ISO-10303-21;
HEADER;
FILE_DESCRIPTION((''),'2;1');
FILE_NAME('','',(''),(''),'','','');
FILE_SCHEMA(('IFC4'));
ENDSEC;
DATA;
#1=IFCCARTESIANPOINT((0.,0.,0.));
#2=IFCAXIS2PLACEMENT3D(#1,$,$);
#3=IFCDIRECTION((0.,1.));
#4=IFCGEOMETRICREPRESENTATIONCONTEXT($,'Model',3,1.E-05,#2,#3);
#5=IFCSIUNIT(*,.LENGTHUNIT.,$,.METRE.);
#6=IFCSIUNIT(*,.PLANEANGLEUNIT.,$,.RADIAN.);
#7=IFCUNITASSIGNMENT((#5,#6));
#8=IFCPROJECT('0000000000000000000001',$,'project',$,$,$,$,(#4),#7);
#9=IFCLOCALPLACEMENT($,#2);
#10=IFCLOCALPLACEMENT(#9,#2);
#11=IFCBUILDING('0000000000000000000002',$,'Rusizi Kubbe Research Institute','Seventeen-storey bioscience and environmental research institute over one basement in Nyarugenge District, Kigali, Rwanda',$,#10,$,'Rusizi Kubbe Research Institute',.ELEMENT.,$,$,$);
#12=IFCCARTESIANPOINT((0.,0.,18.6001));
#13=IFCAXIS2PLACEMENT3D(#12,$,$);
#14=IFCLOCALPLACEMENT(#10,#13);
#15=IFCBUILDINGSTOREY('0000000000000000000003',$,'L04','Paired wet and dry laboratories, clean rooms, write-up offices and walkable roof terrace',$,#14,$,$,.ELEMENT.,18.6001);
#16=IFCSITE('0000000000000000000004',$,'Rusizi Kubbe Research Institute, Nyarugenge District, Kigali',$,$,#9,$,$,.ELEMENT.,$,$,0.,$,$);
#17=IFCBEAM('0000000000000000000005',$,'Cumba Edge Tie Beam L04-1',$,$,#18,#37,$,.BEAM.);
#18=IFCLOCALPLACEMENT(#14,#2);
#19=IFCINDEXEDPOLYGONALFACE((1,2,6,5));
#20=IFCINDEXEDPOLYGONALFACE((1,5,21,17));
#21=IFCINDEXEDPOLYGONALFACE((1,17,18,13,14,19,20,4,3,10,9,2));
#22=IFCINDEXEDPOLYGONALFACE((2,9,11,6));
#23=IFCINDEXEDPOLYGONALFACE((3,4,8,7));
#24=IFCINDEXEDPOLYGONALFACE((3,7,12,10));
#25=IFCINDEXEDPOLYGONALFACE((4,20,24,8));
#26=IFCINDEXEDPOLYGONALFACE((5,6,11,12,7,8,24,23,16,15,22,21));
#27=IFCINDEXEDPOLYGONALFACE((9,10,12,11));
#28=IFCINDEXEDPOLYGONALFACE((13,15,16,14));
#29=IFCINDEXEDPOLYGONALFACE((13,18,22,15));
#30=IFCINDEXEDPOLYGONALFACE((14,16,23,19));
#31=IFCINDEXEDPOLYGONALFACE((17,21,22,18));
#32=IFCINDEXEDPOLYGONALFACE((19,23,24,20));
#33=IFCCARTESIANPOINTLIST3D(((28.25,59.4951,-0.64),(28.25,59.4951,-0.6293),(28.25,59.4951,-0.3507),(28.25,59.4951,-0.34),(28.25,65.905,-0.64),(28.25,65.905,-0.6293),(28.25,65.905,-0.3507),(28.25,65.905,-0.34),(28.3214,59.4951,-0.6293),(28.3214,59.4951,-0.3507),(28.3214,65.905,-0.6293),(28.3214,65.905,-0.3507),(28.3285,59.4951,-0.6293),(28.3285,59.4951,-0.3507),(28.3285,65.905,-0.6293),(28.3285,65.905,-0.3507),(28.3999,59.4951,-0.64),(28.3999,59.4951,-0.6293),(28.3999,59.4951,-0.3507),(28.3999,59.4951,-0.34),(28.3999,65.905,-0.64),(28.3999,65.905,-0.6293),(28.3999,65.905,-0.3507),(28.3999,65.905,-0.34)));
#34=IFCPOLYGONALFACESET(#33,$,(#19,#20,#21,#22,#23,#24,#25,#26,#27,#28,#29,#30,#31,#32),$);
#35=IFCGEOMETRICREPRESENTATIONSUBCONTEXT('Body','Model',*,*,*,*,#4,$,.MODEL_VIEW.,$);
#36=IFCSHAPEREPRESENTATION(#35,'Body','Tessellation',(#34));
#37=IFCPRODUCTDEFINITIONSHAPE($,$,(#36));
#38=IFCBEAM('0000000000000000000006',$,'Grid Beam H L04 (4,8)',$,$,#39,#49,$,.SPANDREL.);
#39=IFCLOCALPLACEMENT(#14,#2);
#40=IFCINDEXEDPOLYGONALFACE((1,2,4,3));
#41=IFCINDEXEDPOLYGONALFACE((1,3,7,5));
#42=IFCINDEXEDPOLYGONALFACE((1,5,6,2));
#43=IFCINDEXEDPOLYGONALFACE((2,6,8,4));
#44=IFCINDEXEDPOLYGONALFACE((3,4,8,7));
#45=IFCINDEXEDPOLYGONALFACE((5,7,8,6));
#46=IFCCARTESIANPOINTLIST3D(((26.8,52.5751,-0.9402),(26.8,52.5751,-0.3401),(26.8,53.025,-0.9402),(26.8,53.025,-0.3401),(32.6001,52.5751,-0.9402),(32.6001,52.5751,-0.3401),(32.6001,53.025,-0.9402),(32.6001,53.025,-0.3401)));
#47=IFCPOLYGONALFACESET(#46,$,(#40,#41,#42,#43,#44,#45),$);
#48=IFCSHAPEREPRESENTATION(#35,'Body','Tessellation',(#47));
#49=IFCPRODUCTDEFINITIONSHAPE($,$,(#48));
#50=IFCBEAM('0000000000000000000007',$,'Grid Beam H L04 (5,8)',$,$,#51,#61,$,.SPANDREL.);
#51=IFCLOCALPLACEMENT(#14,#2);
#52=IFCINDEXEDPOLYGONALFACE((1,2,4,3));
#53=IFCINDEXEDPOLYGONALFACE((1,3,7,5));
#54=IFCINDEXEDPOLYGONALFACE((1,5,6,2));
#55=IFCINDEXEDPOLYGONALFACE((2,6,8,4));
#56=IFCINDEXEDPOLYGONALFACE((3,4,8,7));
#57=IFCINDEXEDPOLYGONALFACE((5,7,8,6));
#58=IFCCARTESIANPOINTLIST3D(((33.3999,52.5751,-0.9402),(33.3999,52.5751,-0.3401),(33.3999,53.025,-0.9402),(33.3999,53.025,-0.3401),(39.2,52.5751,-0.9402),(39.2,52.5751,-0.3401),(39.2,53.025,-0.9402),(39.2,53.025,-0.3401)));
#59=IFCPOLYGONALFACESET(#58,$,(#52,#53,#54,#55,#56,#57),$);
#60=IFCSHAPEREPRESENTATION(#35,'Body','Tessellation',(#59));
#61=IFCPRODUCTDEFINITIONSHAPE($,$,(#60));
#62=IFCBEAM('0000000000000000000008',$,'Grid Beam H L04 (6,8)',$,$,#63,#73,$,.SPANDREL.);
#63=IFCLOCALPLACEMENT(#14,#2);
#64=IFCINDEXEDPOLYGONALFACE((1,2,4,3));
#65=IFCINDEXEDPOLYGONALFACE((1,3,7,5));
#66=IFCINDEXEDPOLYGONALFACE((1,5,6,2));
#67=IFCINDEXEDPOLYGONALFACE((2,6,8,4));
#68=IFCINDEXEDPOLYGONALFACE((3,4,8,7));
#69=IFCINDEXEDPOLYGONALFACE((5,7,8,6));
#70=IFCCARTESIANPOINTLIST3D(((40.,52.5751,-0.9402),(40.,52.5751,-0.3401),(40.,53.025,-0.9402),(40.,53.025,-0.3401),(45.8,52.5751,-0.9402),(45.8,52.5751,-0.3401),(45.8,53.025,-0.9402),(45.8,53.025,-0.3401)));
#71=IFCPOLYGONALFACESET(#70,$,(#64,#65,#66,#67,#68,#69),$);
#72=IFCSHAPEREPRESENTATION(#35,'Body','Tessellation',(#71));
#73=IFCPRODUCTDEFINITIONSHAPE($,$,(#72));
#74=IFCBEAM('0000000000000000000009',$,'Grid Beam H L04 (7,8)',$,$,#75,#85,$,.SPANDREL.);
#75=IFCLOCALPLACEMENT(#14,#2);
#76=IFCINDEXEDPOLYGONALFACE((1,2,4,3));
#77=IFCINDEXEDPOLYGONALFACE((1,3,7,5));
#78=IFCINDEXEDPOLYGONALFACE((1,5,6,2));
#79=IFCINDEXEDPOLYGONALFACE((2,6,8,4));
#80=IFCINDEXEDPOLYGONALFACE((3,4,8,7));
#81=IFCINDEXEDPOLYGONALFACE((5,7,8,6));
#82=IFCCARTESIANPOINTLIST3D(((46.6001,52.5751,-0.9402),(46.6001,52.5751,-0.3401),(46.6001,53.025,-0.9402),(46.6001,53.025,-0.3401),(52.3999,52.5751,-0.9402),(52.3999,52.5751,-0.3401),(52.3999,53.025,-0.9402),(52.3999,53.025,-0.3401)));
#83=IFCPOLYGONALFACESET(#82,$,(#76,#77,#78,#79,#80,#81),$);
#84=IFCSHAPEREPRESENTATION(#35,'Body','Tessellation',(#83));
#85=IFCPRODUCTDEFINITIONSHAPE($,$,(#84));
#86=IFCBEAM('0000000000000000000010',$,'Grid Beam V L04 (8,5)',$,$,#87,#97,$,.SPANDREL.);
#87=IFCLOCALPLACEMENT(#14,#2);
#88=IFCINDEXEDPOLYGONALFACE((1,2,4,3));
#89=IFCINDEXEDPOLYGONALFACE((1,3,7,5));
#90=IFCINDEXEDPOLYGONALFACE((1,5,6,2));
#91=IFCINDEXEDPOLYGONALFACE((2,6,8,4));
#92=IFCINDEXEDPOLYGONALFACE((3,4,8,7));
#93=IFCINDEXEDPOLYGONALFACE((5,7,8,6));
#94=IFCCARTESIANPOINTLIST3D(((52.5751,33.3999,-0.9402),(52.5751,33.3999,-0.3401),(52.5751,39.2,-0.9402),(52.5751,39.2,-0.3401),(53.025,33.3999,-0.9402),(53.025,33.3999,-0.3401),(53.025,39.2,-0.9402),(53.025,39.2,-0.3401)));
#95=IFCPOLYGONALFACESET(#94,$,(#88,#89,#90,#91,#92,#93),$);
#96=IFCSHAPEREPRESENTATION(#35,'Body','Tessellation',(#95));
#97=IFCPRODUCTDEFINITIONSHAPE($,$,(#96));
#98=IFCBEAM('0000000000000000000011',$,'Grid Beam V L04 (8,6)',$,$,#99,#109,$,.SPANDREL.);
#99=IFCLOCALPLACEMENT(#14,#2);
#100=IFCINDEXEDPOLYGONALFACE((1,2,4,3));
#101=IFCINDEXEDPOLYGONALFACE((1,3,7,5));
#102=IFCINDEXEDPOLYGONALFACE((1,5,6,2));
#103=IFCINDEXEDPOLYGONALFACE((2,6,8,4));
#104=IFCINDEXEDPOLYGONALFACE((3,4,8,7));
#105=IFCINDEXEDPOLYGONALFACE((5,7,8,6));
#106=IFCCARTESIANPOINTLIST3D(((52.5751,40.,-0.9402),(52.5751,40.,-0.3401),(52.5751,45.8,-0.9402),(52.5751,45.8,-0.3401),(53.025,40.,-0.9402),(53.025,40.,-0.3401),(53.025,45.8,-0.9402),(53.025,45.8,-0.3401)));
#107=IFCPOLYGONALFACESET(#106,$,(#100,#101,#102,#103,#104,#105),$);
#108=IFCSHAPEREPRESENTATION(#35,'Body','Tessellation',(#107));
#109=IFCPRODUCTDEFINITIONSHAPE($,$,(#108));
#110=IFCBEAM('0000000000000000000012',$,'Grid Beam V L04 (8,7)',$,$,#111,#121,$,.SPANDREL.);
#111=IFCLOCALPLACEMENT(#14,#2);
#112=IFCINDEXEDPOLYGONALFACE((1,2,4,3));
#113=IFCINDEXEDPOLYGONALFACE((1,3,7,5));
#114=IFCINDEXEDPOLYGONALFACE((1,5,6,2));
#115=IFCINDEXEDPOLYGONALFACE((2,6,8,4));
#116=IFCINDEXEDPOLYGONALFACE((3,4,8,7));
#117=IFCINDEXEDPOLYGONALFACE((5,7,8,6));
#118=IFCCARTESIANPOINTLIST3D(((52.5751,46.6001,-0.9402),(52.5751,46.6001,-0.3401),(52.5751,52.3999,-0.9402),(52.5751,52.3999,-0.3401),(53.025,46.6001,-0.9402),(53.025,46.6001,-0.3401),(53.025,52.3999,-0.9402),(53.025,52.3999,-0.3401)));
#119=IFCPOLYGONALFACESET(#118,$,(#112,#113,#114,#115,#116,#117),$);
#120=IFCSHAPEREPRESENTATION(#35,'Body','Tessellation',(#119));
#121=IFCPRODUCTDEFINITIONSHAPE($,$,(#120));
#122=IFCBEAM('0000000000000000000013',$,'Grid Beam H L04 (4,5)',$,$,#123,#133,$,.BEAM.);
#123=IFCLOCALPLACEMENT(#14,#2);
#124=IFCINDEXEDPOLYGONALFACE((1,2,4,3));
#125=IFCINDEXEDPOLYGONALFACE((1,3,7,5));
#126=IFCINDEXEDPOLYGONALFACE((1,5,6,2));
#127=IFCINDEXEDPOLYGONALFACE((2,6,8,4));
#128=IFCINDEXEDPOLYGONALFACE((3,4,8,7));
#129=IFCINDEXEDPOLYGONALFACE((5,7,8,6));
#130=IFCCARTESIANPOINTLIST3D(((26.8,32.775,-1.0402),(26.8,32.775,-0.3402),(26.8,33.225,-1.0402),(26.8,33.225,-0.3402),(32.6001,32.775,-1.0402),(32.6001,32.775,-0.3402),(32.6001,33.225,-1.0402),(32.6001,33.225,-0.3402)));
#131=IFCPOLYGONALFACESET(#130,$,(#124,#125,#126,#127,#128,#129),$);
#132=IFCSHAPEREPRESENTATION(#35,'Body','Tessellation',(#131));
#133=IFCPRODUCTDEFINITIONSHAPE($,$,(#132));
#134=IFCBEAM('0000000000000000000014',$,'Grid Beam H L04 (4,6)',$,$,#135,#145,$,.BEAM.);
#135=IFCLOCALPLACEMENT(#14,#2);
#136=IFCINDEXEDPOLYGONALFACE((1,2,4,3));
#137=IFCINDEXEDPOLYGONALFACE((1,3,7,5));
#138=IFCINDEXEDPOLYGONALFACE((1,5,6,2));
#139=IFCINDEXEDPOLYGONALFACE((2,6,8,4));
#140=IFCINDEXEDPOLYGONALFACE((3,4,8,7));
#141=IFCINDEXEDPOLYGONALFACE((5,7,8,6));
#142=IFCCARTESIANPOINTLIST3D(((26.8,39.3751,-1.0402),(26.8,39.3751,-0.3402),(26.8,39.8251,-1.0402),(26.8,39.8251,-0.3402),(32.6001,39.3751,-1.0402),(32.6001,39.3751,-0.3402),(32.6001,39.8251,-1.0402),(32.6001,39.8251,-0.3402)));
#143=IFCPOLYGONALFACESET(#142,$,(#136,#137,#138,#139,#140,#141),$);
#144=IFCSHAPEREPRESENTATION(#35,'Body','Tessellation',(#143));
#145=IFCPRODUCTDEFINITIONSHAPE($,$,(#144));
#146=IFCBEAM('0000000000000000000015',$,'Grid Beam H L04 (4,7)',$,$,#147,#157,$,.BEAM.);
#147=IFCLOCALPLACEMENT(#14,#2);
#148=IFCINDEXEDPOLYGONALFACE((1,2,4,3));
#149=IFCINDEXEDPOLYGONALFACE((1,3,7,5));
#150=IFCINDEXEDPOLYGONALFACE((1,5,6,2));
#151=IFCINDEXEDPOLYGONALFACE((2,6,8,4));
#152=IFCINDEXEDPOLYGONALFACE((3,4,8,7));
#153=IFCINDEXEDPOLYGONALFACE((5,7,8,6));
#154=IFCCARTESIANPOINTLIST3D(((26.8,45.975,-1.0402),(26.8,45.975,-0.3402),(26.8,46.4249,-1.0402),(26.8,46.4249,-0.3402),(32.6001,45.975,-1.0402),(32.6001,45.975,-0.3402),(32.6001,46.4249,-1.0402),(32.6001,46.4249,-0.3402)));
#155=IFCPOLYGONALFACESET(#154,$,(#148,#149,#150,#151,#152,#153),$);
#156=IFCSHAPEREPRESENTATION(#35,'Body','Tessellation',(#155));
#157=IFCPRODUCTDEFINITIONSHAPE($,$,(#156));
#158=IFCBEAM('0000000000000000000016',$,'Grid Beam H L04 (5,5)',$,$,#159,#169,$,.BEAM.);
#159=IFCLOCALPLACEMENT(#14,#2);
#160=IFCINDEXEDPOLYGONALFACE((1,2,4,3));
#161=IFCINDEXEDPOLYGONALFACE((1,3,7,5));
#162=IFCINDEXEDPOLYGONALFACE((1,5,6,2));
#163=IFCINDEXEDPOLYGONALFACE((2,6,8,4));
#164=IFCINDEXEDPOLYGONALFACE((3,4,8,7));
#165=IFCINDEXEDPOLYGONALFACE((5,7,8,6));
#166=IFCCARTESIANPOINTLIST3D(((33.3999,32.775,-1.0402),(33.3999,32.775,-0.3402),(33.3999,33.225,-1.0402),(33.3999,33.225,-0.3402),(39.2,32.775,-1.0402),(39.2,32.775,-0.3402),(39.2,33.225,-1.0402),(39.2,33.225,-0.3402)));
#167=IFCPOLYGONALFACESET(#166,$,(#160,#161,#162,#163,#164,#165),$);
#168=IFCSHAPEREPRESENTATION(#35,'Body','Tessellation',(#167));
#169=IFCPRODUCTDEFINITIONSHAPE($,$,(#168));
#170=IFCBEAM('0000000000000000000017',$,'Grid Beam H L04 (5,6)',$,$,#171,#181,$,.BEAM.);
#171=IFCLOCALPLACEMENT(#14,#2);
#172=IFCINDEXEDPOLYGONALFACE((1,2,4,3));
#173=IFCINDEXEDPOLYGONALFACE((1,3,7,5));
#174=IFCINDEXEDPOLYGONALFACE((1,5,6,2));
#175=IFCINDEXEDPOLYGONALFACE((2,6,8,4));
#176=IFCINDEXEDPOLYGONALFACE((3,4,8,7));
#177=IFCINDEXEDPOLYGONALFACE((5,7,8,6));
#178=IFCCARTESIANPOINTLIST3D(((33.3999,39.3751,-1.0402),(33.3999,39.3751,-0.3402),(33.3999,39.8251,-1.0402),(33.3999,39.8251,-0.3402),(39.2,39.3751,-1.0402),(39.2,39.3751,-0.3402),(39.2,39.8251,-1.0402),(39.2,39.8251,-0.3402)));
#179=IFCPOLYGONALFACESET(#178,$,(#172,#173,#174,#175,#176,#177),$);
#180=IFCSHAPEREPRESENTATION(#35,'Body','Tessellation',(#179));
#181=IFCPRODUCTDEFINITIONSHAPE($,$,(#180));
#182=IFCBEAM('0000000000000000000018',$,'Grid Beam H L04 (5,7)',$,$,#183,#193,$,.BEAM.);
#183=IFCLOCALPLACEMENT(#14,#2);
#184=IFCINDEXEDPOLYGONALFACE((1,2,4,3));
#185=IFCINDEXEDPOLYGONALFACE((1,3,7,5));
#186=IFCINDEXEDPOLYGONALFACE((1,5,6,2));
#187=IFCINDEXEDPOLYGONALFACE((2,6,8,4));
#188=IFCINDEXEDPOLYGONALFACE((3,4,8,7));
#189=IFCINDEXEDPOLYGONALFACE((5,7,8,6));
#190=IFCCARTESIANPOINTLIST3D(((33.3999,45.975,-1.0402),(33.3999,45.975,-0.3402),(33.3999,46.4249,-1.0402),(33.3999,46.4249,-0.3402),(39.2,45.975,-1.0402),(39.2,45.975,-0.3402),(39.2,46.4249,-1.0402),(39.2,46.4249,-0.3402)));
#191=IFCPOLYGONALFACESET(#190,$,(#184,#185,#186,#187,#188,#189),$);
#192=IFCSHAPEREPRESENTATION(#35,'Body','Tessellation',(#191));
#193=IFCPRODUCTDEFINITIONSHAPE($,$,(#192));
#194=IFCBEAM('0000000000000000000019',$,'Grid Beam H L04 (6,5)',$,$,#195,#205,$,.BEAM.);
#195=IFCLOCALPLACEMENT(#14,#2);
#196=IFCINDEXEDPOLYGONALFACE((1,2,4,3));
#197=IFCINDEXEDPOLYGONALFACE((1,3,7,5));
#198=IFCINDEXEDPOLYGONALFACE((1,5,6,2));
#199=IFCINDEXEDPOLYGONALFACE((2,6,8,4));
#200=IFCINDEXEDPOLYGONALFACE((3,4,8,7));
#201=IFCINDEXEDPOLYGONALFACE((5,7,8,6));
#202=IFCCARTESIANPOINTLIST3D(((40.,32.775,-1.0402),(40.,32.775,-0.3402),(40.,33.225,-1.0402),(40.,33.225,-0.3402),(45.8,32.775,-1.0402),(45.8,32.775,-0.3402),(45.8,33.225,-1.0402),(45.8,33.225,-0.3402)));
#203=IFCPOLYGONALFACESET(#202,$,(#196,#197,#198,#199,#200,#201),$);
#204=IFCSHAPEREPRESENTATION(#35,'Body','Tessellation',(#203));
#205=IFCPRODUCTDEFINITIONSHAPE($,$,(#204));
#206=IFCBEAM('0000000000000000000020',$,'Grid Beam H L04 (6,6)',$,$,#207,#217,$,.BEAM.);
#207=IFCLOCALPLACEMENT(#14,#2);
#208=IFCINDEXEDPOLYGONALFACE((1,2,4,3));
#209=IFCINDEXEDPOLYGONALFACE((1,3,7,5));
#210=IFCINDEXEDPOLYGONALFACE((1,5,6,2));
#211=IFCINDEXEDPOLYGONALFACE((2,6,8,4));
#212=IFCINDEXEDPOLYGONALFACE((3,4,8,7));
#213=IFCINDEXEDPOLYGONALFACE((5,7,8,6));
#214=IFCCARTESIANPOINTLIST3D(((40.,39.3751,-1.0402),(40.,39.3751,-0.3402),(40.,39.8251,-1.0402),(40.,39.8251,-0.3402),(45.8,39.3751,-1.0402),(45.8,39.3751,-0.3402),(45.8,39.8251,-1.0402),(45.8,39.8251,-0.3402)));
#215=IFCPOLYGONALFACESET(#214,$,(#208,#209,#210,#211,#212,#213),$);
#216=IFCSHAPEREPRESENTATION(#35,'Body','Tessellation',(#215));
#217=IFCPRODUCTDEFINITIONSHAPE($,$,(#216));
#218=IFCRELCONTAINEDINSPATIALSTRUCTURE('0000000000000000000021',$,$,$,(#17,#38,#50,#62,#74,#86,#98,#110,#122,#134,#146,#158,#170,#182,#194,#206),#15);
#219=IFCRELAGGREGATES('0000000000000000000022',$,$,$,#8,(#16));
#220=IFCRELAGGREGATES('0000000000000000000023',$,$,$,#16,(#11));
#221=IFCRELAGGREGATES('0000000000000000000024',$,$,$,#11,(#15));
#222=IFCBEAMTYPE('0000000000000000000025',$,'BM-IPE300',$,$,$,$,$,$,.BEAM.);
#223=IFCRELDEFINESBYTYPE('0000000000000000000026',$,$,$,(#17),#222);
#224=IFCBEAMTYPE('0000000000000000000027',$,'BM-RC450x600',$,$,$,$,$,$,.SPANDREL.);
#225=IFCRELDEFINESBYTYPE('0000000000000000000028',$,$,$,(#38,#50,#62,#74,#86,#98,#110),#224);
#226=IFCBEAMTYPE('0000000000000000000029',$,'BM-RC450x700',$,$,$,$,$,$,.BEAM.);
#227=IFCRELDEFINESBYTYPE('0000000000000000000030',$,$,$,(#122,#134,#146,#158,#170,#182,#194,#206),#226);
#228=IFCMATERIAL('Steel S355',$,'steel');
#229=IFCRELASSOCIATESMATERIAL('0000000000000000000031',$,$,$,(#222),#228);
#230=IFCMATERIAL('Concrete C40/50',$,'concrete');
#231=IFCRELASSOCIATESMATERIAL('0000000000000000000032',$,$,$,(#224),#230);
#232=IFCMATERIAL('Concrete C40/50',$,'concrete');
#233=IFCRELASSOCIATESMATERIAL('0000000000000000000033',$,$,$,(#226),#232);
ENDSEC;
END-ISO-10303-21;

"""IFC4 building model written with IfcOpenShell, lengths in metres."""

from ifc_helpers import new_model, si_unit, direction, frame, origin, origin_2d, place, context, subcontext, project, spatial, rectangle, i_section, extrude, material, material_profile, profile_set, type_object, element, save


model = new_model("IFC4")

# Units and contexts
model_context = context("Model", 3, precision=1e-05, world=origin(), true_north=direction((0.0, 1.0)))
body_context = subcontext(model_context, "Body", "Model", "MODEL_VIEW")
ifc_project = project(units=[si_unit("LENGTHUNIT", "METRE"), si_unit("PLANEANGLEUNIT", "RADIAN")], contexts=[model_context])

# Site, building, storey
site_placement = place(None, origin())
site = spatial("IfcSite", under=ifc_project, at=site_placement, Name="Rusizi Kubbe Research Institute, Nyarugenge District, Kigali", CompositionType="ELEMENT", RefElevation=0.0)
building_placement = place(site_placement, origin())
building = spatial("IfcBuilding", under=site, at=building_placement, Name="Rusizi Kubbe Research Institute", Description="Seventeen-storey bioscience and environmental research institute over one basement in Nyarugenge District, Kigali, Rwanda", LongName="Rusizi Kubbe Research Institute", CompositionType="ELEMENT")
storey_placement = place(building_placement, frame((0.0, 0.0, 18.6001)))
storey = spatial("IfcBuildingStorey", under=building, at=storey_placement, Name="L04", Description="Paired wet and dry laboratories, clean rooms, write-up offices and walkable roof terrace", CompositionType="ELEMENT", Elevation=18.6001)

# Beams
ifc_material_1 = material(Name="Steel S355", Category="steel")
ifc_material_profile_1 = material_profile(ifc_material_1, i_section(OverallWidth=0.1499, OverallDepth=0.3, WebThickness=0.0071, FlangeThickness=0.0107, at=origin_2d()), Name="IPE 300")
ifc_profile_set_1 = profile_set([ifc_material_profile_1], Name="Steel S355")
beam_type_1 = type_object("IfcBeamType", Name="BM-IPE300", PredefinedType="BEAM", material=ifc_profile_set_1)
beam_1_placement = place(storey_placement, frame((28.325, 59.4951, -0.49), z_axis=(0.0, 1.0, 0.0), x_axis=(-1.0, 0.0, 0.0)))
element("IfcBeam", 1, at=beam_1_placement, inside=storey, type_object=beam_type_1, Name="Cumba Edge Tie Beam L04-1", PredefinedType="BEAM", context=body_context, shape_type="SweptSolid", body=[
    extrude(i_section(OverallWidth=0.1499, OverallDepth=0.3, WebThickness=0.0071, FlangeThickness=0.0107, at=origin_2d()), origin(), (0.0, 0.0, 1.0), 6.4099),
])
ifc_material_2 = material(Name="Concrete C40/50", Category="concrete")
ifc_material_profile_2 = material_profile(ifc_material_2, rectangle(XDim=0.45, YDim=0.6001, at=origin_2d()), Name="RC450x600")
ifc_profile_set_2 = profile_set([ifc_material_profile_2], Name="Concrete C40/50")
beam_type_2 = type_object("IfcBeamType", Name="BM-RC450x600", PredefinedType="SPANDREL", material=ifc_profile_set_2)
for number, where, z_axis, x_axis, name in (
    (2, (26.8, 52.8, -0.6401), (1.0, 0.0, 0.0), (0.0, 1.0, 0.0), "Grid Beam H L04 (4,8)"),
    (3, (33.3999, 52.8, -0.6401), (1.0, 0.0, 0.0), (0.0, 1.0, 0.0), "Grid Beam H L04 (5,8)"),
    (4, (40.0, 52.8, -0.6401), (1.0, 0.0, 0.0), (0.0, 1.0, 0.0), "Grid Beam H L04 (6,8)"),
):
    element("IfcBeam", number, at=place(storey_placement, frame(where, z_axis=z_axis, x_axis=x_axis)), inside=storey, type_object=beam_type_2, Name=name, PredefinedType="SPANDREL", context=body_context, shape_type="SweptSolid", body=[
        extrude(rectangle(XDim=0.45, YDim=0.6001, at=origin_2d()), origin(), (0.0, 0.0, 1.0), 5.8),
    ])
beam_2_placement = place(storey_placement, frame((46.6001, 52.8, -0.6401), z_axis=(1.0, 0.0, 0.0), x_axis=(0.0, 1.0, 0.0)))
element("IfcBeam", 5, at=beam_2_placement, inside=storey, type_object=beam_type_2, Name="Grid Beam H L04 (7,8)", PredefinedType="SPANDREL", context=body_context, shape_type="SweptSolid", body=[
    extrude(rectangle(XDim=0.45, YDim=0.6001, at=origin_2d()), origin(), (0.0, 0.0, 1.0), 5.7998),
])
for number, where, z_axis, x_axis, name in (
    (6, (52.8, 33.3999, -0.6401), (0.0, 1.0, 0.0), (-1.0, 0.0, 0.0), "Grid Beam V L04 (8,5)"),
    (7, (52.8, 40.0, -0.6401), (0.0, 1.0, 0.0), (-1.0, 0.0, 0.0), "Grid Beam V L04 (8,6)"),
):
    element("IfcBeam", number, at=place(storey_placement, frame(where, z_axis=z_axis, x_axis=x_axis)), inside=storey, type_object=beam_type_2, Name=name, PredefinedType="SPANDREL", context=body_context, shape_type="SweptSolid", body=[
        extrude(rectangle(XDim=0.45, YDim=0.6001, at=origin_2d()), origin(), (0.0, 0.0, 1.0), 5.8),
    ])
beam_3_placement = place(storey_placement, frame((52.8, 46.6001, -0.6401), z_axis=(0.0, 1.0, 0.0), x_axis=(-1.0, 0.0, 0.0)))
element("IfcBeam", 8, at=beam_3_placement, inside=storey, type_object=beam_type_2, Name="Grid Beam V L04 (8,7)", PredefinedType="SPANDREL", context=body_context, shape_type="SweptSolid", body=[
    extrude(rectangle(XDim=0.45, YDim=0.6001, at=origin_2d()), origin(), (0.0, 0.0, 1.0), 5.7998),
])
ifc_material_3 = material(Name="Concrete C40/50", Category="concrete")
ifc_material_profile_3 = material_profile(ifc_material_3, rectangle(XDim=0.45, YDim=0.7, at=origin_2d()), Name="RC450x700B")
ifc_profile_set_3 = profile_set([ifc_material_profile_3], Name="Concrete C40/50")
beam_type_3 = type_object("IfcBeamType", Name="BM-RC450x700", PredefinedType="BEAM", material=ifc_profile_set_3)
for number, where, z_axis, x_axis, name in (
    (9, (26.8, 33.0, -0.6902), (1.0, 0.0, 0.0), (0.0, 1.0, 0.0), "Grid Beam H L04 (4,5)"),
    (10, (26.8, 39.6001, -0.6902), (1.0, 0.0, 0.0), (0.0, 1.0, 0.0), "Grid Beam H L04 (4,6)"),
    (11, (26.8, 46.2, -0.6902), (1.0, 0.0, 0.0), (0.0, 1.0, 0.0), "Grid Beam H L04 (4,7)"),
    (12, (33.3999, 33.0, -0.6902), (1.0, 0.0, 0.0), (0.0, 1.0, 0.0), "Grid Beam H L04 (5,5)"),
    (13, (33.3999, 39.6001, -0.6902), (1.0, 0.0, 0.0), (0.0, 1.0, 0.0), "Grid Beam H L04 (5,6)"),
    (14, (33.3999, 46.2, -0.6902), (1.0, 0.0, 0.0), (0.0, 1.0, 0.0), "Grid Beam H L04 (5,7)"),
    (15, (40.0, 33.0, -0.6902), (1.0, 0.0, 0.0), (0.0, 1.0, 0.0), "Grid Beam H L04 (6,5)"),
    (16, (40.0, 39.6001, -0.6902), (1.0, 0.0, 0.0), (0.0, 1.0, 0.0), "Grid Beam H L04 (6,6)"),
):
    element("IfcBeam", number, at=place(storey_placement, frame(where, z_axis=z_axis, x_axis=x_axis)), inside=storey, type_object=beam_type_3, Name=name, PredefinedType="BEAM", context=body_context, shape_type="SweptSolid", body=[
        extrude(rectangle(XDim=0.45, YDim=0.7, at=origin_2d()), origin(), (0.0, 0.0, 1.0), 5.8),
    ])

save(model, "model.ifc")
